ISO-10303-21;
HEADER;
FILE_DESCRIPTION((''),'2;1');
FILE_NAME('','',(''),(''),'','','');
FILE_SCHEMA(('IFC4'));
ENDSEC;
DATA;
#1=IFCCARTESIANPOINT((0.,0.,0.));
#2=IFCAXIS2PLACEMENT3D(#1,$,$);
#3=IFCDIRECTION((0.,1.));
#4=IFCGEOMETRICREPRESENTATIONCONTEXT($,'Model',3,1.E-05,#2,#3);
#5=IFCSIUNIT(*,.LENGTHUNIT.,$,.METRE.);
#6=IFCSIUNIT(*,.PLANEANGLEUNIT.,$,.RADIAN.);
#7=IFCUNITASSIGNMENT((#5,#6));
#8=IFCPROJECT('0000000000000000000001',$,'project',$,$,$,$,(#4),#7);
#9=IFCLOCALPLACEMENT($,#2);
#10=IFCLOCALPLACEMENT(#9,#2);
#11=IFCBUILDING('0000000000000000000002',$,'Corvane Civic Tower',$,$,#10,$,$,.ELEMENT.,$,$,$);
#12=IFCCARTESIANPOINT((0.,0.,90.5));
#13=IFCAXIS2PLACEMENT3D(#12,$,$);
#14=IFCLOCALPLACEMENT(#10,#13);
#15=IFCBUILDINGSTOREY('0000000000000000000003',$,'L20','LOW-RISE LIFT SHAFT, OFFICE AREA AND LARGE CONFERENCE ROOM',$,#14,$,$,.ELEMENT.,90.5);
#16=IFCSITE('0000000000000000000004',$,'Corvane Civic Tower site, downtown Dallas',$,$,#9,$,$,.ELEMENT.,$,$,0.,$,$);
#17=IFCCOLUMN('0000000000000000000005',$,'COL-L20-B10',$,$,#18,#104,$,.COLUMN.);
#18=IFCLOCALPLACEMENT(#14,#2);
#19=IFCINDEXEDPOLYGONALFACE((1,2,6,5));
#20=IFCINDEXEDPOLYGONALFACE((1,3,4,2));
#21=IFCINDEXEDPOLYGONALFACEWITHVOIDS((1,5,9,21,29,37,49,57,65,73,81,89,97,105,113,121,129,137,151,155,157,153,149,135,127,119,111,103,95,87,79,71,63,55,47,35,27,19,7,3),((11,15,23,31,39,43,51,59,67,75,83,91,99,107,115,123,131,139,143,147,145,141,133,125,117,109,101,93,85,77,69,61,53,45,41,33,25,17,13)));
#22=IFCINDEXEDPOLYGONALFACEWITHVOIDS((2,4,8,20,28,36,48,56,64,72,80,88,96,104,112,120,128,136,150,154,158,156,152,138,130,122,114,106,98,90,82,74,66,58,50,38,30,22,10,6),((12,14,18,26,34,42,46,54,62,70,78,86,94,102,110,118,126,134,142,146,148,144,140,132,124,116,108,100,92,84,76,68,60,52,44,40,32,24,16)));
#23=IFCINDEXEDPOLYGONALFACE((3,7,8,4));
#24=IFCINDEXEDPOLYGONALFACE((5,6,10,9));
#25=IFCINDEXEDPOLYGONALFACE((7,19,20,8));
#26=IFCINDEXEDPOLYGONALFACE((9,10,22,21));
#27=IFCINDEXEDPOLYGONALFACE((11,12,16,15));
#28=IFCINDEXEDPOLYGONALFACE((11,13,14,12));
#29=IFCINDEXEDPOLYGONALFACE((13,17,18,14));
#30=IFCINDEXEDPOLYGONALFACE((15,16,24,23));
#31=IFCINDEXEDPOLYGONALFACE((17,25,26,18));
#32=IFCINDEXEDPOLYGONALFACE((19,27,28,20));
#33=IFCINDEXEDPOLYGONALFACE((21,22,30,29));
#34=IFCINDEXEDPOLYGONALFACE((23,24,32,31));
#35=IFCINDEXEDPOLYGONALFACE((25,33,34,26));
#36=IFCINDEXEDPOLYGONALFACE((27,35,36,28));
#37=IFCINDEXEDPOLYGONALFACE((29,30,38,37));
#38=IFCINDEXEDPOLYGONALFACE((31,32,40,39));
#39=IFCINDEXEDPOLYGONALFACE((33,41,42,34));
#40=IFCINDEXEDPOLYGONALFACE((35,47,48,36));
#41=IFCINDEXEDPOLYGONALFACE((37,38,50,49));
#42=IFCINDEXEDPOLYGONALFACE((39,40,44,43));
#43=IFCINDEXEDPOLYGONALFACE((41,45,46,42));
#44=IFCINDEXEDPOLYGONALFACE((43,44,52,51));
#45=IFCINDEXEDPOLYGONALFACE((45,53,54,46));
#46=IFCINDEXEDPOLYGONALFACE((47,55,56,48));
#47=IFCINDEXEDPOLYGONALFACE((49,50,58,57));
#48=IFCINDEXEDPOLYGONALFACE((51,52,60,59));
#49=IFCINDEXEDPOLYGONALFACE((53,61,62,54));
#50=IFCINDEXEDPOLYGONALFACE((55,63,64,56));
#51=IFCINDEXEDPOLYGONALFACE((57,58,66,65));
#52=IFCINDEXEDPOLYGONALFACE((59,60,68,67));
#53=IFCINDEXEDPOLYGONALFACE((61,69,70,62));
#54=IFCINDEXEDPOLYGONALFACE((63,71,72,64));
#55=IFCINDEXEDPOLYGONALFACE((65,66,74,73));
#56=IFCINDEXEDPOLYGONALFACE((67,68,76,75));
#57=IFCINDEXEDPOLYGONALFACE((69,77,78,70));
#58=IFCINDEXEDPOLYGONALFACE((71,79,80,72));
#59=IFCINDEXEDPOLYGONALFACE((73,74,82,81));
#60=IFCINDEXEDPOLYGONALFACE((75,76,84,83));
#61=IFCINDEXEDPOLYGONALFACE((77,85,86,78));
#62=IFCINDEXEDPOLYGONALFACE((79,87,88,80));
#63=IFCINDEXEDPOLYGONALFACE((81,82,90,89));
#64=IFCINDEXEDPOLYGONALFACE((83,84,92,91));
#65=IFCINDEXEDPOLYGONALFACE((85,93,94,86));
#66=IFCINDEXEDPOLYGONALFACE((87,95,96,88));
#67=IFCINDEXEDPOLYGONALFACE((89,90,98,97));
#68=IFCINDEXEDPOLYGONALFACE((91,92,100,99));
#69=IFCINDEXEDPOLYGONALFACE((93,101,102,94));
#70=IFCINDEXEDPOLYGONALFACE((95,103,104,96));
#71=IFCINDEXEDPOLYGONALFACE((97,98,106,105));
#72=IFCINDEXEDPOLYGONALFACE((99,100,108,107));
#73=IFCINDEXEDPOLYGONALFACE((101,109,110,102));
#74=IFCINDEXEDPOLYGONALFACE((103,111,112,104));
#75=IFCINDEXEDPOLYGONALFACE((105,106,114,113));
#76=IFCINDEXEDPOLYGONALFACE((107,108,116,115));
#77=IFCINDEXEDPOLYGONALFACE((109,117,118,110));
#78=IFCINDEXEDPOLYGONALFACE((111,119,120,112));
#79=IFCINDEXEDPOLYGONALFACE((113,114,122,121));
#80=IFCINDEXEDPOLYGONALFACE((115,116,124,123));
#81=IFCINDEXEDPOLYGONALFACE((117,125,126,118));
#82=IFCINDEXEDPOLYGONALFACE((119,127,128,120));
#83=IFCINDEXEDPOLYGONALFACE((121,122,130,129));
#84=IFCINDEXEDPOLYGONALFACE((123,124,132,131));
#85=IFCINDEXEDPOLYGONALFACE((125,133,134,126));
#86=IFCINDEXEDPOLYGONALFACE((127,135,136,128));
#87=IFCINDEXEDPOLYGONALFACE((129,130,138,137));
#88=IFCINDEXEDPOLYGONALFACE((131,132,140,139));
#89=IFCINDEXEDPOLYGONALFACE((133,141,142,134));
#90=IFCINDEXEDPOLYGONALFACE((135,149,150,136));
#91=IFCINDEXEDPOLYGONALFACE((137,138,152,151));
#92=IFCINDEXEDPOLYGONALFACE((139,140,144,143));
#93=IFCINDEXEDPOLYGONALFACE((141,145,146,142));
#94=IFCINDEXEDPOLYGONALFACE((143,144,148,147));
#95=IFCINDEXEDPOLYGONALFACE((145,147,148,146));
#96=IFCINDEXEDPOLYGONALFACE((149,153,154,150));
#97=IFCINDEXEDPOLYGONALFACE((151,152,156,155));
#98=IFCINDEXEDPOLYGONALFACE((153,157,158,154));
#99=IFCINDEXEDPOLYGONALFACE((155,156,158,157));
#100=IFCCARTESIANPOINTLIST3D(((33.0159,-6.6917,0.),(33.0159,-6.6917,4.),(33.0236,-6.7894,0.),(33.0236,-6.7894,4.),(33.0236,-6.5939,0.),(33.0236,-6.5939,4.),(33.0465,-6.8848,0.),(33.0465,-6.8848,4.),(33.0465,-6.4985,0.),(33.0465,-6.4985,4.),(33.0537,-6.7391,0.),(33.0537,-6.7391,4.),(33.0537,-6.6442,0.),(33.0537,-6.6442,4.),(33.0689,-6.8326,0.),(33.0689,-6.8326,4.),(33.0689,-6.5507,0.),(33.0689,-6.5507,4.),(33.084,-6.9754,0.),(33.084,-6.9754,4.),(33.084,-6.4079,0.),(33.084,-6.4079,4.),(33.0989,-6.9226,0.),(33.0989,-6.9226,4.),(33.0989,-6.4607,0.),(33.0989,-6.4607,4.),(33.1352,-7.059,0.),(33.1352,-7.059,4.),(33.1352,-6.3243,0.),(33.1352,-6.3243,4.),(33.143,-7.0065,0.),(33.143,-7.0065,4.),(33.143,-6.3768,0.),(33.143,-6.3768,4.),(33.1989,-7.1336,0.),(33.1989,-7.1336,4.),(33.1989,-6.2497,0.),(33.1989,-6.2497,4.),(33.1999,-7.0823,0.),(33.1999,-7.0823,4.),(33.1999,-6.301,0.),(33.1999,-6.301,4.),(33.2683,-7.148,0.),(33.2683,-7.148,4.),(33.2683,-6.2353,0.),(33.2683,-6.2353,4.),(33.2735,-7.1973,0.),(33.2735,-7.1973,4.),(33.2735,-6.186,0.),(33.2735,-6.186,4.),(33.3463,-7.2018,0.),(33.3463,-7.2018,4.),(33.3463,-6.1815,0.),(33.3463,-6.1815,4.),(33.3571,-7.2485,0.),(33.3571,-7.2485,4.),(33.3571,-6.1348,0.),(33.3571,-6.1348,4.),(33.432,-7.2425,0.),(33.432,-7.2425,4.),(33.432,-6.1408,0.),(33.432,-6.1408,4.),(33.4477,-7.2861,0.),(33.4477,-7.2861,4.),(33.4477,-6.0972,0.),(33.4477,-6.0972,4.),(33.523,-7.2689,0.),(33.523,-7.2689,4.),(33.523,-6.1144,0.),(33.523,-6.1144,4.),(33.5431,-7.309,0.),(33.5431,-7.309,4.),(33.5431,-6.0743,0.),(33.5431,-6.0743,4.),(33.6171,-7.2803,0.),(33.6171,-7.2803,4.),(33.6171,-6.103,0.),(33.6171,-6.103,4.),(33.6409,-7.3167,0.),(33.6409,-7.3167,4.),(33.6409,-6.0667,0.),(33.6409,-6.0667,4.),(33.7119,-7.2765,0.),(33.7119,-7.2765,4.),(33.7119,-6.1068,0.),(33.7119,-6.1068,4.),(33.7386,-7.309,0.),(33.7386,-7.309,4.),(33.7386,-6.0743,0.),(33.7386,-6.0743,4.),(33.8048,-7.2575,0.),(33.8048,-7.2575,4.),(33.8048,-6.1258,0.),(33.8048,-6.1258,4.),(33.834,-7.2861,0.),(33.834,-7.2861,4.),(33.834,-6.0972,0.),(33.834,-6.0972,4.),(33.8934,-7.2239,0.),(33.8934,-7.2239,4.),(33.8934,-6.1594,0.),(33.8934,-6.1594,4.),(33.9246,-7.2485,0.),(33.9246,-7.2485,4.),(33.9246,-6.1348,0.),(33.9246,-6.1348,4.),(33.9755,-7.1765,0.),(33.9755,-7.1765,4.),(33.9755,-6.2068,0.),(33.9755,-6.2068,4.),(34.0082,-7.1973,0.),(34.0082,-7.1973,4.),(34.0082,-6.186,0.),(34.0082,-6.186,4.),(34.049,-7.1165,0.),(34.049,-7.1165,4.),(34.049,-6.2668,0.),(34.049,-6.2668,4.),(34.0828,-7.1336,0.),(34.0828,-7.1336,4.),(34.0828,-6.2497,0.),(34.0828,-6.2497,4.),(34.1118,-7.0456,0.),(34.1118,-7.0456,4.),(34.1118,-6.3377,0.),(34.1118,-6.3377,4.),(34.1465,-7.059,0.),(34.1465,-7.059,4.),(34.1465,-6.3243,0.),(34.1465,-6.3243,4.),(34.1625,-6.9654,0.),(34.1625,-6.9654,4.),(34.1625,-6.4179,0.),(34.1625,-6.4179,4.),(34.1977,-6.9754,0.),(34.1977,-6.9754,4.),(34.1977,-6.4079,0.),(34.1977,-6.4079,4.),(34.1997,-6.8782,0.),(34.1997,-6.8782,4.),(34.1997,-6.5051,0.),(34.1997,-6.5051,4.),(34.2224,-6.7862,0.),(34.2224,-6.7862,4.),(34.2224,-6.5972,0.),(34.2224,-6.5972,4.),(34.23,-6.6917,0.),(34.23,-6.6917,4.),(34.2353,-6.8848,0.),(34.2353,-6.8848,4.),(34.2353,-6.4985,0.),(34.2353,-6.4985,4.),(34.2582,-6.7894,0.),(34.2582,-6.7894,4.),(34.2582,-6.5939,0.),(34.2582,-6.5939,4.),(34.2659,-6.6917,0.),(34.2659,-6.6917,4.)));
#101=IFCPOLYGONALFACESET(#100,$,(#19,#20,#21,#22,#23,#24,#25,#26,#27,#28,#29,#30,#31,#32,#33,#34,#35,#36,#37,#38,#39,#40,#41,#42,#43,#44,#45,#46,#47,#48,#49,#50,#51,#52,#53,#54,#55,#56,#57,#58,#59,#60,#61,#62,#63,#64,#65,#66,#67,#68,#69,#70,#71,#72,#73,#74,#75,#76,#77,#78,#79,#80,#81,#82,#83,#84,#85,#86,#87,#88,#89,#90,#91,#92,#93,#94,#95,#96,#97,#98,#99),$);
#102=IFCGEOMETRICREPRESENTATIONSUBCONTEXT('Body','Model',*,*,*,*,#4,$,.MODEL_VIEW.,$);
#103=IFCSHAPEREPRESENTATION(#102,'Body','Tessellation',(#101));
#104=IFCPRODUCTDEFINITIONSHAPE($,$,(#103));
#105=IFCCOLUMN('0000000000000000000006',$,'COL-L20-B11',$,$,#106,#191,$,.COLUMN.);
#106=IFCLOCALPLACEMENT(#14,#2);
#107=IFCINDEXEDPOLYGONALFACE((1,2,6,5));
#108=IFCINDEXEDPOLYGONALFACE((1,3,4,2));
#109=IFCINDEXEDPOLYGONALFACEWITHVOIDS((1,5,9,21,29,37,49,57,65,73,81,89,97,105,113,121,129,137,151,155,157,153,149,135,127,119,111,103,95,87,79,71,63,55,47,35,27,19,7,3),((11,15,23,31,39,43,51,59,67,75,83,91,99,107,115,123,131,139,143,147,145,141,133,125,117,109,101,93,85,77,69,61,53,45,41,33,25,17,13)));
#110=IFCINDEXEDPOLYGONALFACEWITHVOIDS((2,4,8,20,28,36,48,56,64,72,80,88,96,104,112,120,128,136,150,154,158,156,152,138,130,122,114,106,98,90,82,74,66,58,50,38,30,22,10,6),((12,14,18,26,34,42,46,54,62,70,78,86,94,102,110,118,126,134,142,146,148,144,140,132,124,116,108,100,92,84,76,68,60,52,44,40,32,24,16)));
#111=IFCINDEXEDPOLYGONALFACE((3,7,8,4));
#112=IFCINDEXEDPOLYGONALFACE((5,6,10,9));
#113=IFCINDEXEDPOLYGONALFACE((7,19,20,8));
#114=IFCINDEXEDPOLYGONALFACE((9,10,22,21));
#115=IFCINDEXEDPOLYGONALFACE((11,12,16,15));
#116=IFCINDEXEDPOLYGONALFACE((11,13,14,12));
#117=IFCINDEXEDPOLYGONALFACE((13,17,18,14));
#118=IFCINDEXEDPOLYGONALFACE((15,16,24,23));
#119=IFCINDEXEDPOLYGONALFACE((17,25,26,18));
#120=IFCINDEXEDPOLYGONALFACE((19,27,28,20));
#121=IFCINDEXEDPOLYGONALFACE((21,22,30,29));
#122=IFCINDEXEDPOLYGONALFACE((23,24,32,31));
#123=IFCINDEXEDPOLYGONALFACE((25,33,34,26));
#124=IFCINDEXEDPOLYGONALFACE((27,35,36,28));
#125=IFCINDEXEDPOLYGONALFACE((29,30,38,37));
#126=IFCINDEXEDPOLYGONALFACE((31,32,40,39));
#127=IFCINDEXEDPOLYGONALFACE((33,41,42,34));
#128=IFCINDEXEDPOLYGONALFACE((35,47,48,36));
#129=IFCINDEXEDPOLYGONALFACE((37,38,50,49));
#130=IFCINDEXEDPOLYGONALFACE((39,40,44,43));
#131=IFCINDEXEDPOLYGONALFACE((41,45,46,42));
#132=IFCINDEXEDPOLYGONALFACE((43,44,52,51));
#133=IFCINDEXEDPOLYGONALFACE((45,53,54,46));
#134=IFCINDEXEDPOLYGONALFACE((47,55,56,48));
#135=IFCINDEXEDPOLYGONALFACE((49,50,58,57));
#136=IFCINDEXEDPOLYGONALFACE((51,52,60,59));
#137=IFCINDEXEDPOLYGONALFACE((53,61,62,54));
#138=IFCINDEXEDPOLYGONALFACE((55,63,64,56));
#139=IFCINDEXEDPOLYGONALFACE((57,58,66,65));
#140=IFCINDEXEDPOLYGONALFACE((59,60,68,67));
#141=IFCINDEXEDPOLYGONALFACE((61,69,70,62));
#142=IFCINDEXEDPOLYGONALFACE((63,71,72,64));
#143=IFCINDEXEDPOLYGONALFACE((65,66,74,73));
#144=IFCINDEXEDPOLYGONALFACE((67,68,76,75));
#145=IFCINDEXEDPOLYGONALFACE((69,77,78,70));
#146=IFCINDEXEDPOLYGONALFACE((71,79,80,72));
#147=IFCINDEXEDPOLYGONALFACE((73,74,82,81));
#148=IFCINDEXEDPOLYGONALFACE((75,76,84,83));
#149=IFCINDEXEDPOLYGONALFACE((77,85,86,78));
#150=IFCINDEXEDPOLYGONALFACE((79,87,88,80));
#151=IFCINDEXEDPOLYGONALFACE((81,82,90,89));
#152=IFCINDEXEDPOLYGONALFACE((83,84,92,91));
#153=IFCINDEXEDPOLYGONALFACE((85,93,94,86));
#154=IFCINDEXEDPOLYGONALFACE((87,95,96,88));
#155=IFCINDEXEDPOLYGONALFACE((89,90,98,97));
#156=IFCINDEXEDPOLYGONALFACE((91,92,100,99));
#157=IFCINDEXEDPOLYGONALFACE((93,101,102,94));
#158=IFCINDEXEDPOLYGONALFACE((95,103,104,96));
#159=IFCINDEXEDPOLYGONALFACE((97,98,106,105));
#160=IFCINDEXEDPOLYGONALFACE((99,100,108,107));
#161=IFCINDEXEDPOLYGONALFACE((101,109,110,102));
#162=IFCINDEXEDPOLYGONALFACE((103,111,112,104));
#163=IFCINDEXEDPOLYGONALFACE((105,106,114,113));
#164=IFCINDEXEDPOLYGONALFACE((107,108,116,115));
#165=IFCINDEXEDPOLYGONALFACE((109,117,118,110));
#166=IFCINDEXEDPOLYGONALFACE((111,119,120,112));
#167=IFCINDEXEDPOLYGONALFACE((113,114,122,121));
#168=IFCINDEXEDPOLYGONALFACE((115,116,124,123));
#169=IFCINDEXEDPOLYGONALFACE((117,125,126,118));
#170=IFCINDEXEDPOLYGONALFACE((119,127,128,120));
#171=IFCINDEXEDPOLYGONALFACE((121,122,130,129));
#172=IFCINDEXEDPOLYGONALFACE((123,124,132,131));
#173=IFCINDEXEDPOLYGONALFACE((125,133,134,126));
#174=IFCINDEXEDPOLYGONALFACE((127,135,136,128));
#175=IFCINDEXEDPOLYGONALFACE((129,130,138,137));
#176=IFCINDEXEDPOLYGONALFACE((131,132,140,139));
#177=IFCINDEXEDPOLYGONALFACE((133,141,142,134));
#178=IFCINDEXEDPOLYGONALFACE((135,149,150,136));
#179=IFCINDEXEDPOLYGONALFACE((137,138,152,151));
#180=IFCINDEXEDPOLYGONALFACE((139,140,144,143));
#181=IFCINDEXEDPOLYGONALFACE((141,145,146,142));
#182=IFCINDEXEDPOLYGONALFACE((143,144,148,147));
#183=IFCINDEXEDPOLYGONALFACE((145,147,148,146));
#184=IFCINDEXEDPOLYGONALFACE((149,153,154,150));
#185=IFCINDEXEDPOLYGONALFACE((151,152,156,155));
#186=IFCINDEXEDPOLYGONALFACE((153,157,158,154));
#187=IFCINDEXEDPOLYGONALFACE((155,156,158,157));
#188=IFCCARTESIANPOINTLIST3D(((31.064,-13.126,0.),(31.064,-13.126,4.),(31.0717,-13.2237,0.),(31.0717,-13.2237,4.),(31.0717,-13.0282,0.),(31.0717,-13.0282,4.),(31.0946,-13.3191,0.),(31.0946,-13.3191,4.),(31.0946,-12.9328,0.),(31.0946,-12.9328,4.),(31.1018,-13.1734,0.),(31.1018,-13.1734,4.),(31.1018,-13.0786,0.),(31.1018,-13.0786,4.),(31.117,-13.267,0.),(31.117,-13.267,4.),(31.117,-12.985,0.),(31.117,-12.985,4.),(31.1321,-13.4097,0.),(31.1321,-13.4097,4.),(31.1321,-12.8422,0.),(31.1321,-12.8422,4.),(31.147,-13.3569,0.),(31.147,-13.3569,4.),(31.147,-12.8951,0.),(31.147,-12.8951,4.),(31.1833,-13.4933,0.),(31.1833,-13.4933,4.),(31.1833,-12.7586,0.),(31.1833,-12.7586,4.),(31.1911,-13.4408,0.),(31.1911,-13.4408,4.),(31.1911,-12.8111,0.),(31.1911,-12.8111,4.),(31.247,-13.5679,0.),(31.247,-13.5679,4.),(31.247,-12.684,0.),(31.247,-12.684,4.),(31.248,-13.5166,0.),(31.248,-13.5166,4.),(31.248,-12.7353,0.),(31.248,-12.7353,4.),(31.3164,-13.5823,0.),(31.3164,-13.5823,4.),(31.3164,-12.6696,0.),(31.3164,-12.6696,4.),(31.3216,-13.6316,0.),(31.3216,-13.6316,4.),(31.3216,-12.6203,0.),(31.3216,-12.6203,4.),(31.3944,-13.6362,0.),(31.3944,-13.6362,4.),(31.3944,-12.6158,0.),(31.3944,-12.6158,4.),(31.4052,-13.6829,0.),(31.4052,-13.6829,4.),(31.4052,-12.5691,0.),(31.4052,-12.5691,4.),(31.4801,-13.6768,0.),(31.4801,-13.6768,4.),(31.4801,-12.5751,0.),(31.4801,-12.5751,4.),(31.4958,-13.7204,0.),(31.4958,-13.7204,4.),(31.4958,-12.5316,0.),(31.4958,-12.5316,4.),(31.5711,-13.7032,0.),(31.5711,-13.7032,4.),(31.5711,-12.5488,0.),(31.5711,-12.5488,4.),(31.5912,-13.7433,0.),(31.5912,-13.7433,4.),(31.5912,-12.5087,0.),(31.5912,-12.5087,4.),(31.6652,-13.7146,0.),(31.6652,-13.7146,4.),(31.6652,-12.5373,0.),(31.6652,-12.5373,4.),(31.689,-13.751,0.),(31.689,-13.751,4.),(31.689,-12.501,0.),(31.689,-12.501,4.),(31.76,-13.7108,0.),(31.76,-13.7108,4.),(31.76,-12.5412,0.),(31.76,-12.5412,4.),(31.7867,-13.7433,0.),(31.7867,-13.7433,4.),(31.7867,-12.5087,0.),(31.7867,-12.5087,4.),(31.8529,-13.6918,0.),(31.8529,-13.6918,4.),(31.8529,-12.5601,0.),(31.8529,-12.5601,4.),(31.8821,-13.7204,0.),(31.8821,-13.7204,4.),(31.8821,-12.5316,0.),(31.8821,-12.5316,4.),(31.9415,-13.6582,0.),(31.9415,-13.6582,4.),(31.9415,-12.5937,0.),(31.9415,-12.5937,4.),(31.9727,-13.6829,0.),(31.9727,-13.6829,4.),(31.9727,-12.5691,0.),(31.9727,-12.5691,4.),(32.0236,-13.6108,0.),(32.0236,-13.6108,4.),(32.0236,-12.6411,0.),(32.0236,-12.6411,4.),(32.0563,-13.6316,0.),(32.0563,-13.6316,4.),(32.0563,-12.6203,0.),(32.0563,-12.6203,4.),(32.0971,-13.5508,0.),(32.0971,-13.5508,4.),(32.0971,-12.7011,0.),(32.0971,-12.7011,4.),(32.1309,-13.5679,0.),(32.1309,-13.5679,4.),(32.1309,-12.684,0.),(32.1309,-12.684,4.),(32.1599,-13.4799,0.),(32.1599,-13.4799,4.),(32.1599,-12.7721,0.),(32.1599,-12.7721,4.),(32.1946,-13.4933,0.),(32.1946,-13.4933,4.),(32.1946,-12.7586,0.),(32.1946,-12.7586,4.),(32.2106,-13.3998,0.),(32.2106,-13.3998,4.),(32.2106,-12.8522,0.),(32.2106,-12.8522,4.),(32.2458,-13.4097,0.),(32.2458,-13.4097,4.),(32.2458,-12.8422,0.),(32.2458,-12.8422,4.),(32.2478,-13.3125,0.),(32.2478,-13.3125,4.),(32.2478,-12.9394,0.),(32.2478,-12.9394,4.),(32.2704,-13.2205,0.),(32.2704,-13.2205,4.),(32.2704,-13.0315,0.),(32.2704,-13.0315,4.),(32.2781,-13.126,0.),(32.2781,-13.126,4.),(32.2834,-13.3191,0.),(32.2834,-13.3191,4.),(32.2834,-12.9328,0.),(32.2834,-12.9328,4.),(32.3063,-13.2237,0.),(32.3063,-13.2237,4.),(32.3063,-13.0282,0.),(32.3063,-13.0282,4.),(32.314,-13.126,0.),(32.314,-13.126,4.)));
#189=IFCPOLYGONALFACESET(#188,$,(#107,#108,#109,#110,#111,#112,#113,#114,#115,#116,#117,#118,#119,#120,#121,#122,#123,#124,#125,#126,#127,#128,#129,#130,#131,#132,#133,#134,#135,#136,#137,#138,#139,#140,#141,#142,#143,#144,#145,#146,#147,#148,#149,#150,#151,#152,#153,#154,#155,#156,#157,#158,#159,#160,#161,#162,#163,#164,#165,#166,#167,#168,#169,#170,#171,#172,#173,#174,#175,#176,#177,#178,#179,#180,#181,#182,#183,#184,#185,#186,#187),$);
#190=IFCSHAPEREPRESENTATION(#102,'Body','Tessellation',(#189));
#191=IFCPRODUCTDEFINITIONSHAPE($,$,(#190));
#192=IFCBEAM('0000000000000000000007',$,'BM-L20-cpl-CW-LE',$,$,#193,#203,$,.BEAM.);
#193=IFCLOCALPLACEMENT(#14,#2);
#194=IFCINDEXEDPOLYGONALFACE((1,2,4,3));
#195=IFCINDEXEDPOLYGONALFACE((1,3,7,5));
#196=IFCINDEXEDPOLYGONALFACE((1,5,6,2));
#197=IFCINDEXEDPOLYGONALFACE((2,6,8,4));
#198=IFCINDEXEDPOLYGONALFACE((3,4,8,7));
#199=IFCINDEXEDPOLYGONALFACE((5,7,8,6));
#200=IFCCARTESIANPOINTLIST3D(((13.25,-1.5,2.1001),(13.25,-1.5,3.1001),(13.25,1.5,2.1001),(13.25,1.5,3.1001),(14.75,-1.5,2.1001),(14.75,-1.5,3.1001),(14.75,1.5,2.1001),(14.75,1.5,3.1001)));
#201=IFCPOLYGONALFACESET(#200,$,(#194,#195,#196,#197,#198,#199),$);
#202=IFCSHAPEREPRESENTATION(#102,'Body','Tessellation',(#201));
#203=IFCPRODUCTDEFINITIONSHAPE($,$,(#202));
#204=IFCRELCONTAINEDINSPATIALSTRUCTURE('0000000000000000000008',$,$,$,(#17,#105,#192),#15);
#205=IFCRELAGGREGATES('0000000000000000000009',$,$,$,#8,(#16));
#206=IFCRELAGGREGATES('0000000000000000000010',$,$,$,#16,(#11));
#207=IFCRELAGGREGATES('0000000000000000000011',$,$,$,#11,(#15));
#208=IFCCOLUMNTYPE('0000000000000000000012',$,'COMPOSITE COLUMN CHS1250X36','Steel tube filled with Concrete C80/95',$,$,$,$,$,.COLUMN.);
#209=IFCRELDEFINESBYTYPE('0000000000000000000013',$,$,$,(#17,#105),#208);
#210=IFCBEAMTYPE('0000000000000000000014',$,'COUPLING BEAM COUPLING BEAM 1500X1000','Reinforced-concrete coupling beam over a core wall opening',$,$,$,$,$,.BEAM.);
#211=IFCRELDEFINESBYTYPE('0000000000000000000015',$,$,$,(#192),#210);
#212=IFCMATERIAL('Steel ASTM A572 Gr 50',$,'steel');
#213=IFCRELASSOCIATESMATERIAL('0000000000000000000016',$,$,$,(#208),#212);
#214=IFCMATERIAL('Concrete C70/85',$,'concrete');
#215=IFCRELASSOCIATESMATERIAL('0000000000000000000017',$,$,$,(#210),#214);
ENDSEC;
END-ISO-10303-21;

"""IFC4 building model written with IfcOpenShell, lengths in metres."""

from ifc_helpers import new_model, si_unit, direction, frame, origin, origin_2d, place, context, subcontext, project, spatial, rectangle, hollow_circle, extrude, material, material_profile, profile_set, type_object, element, save


model = new_model("IFC4")

# Units and contexts
model_context = context("Model", 3, precision=1e-05, world=origin(), true_north=direction((0.0, 1.0)))
body_context = subcontext(model_context, "Body", "Model", "MODEL_VIEW")
ifc_project = project(units=[si_unit("LENGTHUNIT", "METRE"), si_unit("PLANEANGLEUNIT", "RADIAN")], contexts=[model_context])

# Site, building, storey
site_placement = place(None, origin())
site = spatial("IfcSite", under=ifc_project, at=site_placement, Name="Corvane Civic Tower site, downtown Dallas", CompositionType="ELEMENT", RefElevation=0.0)
building_placement = place(site_placement, origin())
building = spatial("IfcBuilding", under=site, at=building_placement, Name="Corvane Civic Tower", CompositionType="ELEMENT")
storey_placement = place(building_placement, frame((0.0, 0.0, 90.5)))
storey = spatial("IfcBuildingStorey", under=building, at=storey_placement, Name="L20", Description="LOW-RISE LIFT SHAFT, OFFICE AREA AND LARGE CONFERENCE ROOM", CompositionType="ELEMENT", Elevation=90.5)

# Columns
ifc_material_1 = material(Name="Steel ASTM A572 Gr 50", Category="steel")
ifc_material_profile_1 = material_profile(ifc_material_1, hollow_circle(Radius=0.625, WallThickness=0.0359, at=origin_2d()), Name="CHS1250X36")
ifc_profile_set_1 = profile_set([ifc_material_profile_1], Name="Steel ASTM A572 Gr 50")
column_type = type_object("IfcColumnType", Name="COMPOSITE COLUMN CHS1250X36", Description="Steel tube filled with Concrete C80/95", PredefinedType="COLUMN", material=ifc_profile_set_1)
for number, where, z_axis, x_axis, name in (
    (1, (33.6409, -6.6917, 0.0), (0.0, 0.0, 1.0), (1.0, 0.0, 0.0), "COL-L20-B10"),
    (2, (31.689, -13.126, 0.0), (0.0, 0.0, 1.0), (1.0, 0.0, 0.0), "COL-L20-B11"),
):
    element("IfcColumn", number, at=place(storey_placement, frame(where, z_axis=z_axis, x_axis=x_axis)), inside=storey, type_object=column_type, Name=name, PredefinedType="COLUMN", context=body_context, shape_type="SweptSolid", body=[
        extrude(hollow_circle(Radius=0.625, WallThickness=0.0359, at=origin_2d()), origin(), (0.0, 0.0, 1.0), 4.0),
    ])

# Beam
ifc_material_2 = material(Name="Concrete C70/85", Category="concrete")
ifc_material_profile_2 = material_profile(ifc_material_2, rectangle(XDim=1.5, YDim=1.0, at=origin_2d()), Name="COUPLING BEAM 1500X1000")
ifc_profile_set_2 = profile_set([ifc_material_profile_2], Name="Concrete C70/85")
beam_type_1 = type_object("IfcBeamType", Name="COUPLING BEAM COUPLING BEAM 1500X1000", Description="Reinforced-concrete coupling beam over a core wall opening", PredefinedType="BEAM", material=ifc_profile_set_2)
beam_1_placement = place(storey_placement, frame((14.0, -1.5, 2.6001), z_axis=(0.0, 1.0, 0.0), x_axis=(-1.0, 0.0, 0.0)))
element("IfcBeam", 3, at=beam_1_placement, inside=storey, type_object=beam_type_1, Name="BM-L20-cpl-CW-LE", PredefinedType="BEAM", context=body_context, shape_type="SweptSolid", body=[
    extrude(rectangle(XDim=1.5, YDim=1.0, at=origin_2d()), origin(), (0.0, 0.0, 1.0), 3.0),
])

save(model, "model.ifc")
